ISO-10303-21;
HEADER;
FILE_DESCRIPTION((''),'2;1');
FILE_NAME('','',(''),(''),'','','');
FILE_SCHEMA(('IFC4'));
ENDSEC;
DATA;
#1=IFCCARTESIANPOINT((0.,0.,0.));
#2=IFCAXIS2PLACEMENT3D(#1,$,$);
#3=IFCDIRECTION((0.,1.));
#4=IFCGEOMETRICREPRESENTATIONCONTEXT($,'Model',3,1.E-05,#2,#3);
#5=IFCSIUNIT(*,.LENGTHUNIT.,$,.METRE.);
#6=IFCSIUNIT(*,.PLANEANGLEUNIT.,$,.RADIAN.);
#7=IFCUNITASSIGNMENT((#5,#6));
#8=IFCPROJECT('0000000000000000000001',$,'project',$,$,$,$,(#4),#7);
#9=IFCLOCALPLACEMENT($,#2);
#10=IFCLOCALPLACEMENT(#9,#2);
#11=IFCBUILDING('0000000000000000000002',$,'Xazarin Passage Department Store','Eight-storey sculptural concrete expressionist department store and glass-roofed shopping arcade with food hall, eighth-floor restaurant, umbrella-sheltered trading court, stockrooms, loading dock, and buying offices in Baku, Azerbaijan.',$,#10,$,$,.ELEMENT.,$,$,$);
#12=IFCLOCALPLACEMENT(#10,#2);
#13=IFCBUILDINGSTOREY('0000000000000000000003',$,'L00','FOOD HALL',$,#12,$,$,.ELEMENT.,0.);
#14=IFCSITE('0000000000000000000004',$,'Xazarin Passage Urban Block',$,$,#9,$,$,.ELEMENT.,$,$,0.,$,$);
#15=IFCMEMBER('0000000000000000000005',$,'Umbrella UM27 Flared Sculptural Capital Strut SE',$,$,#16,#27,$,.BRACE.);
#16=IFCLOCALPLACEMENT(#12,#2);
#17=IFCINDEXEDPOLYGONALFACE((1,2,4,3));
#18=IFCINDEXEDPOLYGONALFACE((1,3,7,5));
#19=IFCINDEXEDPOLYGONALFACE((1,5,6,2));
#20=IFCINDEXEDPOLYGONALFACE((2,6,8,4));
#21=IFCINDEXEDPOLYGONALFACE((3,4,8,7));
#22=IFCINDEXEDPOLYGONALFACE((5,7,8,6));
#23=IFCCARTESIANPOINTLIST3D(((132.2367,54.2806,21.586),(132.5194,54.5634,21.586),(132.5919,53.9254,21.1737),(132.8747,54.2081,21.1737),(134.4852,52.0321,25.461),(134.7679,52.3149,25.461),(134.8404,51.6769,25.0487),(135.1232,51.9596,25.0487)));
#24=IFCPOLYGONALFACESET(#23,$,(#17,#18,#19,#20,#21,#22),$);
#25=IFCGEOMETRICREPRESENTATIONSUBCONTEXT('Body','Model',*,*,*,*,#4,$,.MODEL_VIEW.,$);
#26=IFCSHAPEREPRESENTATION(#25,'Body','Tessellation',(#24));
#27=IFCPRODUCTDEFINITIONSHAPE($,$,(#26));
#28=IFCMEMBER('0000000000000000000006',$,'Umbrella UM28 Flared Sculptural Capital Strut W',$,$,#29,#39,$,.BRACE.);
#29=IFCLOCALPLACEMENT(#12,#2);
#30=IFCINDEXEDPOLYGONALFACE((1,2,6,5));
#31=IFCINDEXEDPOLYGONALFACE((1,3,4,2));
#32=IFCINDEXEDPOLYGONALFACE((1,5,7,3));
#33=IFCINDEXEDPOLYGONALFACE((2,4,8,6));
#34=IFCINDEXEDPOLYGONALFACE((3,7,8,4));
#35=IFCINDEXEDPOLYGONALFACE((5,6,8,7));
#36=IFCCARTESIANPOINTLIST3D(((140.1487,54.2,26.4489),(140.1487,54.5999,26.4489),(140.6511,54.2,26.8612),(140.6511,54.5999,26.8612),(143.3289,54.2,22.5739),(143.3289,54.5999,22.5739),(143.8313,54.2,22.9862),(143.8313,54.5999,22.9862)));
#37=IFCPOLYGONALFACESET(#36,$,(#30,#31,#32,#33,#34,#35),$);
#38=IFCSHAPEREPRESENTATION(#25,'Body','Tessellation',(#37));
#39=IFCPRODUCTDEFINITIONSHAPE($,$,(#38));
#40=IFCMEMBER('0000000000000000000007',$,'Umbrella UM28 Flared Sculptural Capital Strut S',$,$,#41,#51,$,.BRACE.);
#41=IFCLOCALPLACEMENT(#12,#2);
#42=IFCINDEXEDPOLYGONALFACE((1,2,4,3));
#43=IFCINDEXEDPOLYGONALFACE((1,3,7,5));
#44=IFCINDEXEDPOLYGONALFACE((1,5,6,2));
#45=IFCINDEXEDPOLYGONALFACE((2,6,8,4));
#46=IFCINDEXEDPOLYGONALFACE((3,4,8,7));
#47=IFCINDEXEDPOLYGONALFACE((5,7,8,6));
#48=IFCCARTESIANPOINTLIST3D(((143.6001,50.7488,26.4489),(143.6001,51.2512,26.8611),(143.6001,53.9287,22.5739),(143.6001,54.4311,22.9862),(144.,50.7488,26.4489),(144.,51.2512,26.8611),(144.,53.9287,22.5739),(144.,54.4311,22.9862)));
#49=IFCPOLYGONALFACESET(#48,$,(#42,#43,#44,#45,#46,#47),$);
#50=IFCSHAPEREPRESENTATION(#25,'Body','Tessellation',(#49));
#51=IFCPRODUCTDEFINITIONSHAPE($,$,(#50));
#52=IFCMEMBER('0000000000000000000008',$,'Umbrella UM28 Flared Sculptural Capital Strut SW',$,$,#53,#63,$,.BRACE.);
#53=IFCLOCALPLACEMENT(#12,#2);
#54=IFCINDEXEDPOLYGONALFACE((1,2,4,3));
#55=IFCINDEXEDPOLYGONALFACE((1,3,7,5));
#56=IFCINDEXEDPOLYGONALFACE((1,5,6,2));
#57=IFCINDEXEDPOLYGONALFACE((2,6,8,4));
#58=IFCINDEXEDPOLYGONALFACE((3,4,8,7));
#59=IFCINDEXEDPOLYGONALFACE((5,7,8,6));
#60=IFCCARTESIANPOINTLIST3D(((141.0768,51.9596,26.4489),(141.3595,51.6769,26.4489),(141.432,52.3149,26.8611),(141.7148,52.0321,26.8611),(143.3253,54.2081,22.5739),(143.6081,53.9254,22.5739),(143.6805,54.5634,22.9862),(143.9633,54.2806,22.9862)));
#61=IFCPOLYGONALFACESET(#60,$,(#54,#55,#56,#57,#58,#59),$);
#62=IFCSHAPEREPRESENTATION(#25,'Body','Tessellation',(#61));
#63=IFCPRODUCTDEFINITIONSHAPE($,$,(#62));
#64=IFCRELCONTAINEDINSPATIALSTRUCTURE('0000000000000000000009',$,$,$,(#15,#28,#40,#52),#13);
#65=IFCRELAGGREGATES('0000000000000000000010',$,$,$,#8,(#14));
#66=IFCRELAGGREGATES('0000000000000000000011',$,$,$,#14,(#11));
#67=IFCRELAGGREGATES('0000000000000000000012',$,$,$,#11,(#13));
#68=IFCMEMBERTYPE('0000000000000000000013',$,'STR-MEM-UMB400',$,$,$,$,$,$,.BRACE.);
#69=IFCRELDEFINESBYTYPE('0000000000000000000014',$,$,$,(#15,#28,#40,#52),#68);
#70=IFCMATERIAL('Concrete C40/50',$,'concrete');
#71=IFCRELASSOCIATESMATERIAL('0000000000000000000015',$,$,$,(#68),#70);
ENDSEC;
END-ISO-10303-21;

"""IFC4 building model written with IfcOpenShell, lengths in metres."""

from ifc_helpers import new_model, si_unit, direction, frame, origin, origin_2d, place, context, subcontext, project, spatial, rectangle, extrude, material, material_profile, profile_set, type_object, element, save


model = new_model("IFC4")

# Units and contexts
model_context = context("Model", 3, precision=1e-05, world=origin(), true_north=direction((0.0, 1.0)))
body_context = subcontext(model_context, "Body", "Model", "MODEL_VIEW")
ifc_project = project(units=[si_unit("LENGTHUNIT", "METRE"), si_unit("PLANEANGLEUNIT", "RADIAN")], contexts=[model_context])

# Site, building, storey
site_placement = place(None, origin())
site = spatial("IfcSite", under=ifc_project, at=site_placement, Name="Xazarin Passage Urban Block", CompositionType="ELEMENT", RefElevation=0.0)
building_placement = place(site_placement, origin())
building = spatial("IfcBuilding", under=site, at=building_placement, Name="Xazarin Passage Department Store", Description="Eight-storey sculptural concrete expressionist department store and glass-roofed shopping arcade with food hall, eighth-floor restaurant, umbrella-sheltered trading court, stockrooms, loading dock, and buying offices in Baku, Azerbaijan.", CompositionType="ELEMENT")
storey_placement = place(building_placement, origin())
storey = spatial("IfcBuildingStorey", under=building, at=storey_placement, Name="L00", Description="FOOD HALL", CompositionType="ELEMENT", Elevation=0.0)

# Shared definitions
ifc_material = material(Name="Concrete C40/50", Category="concrete")

# Members
ifc_material_profile_1 = material_profile(ifc_material, rectangle(XDim=0.3999, YDim=0.6499, at=origin_2d()), Name="RC 400x650")
ifc_profile_set_1 = profile_set([ifc_material_profile_1], Name="Concrete C40/50")
member_type = type_object("IfcMemberType", Name="STR-MEM-UMB400", PredefinedType="BRACE", material=ifc_profile_set_1)
for number, where, z_axis, x_axis, name in (
    (1, (132.5557, 54.2444, 21.3799), (0.448565, -0.448565, 0.773032), (0.707107, 0.707107, 0.0), "Umbrella UM27 Flared Sculptural Capital Strut SE"),
):
    element("IfcMember", number, at=place(storey_placement, frame(where, z_axis=z_axis, x_axis=x_axis)), inside=storey, type_object=member_type, Name=name, PredefinedType="BRACE", context=body_context, shape_type="SweptSolid", body=[
        extrude(rectangle(XDim=0.3999, YDim=0.6499, at=origin_2d()), origin(), (0.0, 0.0, 1.0), 5.0127),
    ])
member_1_placement = place(storey_placement, frame((143.5801, 54.3999, 22.78), z_axis=(-0.634399, 0.0, 0.773006), x_axis=(0.0, -1.0, 0.0)))
element("IfcMember", 2, at=member_1_placement, inside=storey, type_object=member_type, Name="Umbrella UM28 Flared Sculptural Capital Strut W", PredefinedType="BRACE", context=body_context, shape_type="SweptSolid", body=[
    extrude(rectangle(XDim=0.3999, YDim=0.6499, at=origin_2d()), origin(), (0.0, 0.0, 1.0), 5.0129),
])
for number, where, z_axis, x_axis, name in (
    (3, (143.8, 54.1799, 22.78), (0.0, -0.63437, 0.77303), (1.0, 0.0, 0.0), "Umbrella UM28 Flared Sculptural Capital Strut S"),
    (4, (143.6443, 54.2444, 22.78), (-0.448565, -0.448565, 0.773032), (0.707107, -0.707107, 0.0), "Umbrella UM28 Flared Sculptural Capital Strut SW"),
):
    element("IfcMember", number, at=place(storey_placement, frame(where, z_axis=z_axis, x_axis=x_axis)), inside=storey, type_object=member_type, Name=name, PredefinedType="BRACE", context=body_context, shape_type="SweptSolid", body=[
        extrude(rectangle(XDim=0.3999, YDim=0.6499, at=origin_2d()), origin(), (0.0, 0.0, 1.0), 5.0127),
    ])

save(model, "model.ifc")
